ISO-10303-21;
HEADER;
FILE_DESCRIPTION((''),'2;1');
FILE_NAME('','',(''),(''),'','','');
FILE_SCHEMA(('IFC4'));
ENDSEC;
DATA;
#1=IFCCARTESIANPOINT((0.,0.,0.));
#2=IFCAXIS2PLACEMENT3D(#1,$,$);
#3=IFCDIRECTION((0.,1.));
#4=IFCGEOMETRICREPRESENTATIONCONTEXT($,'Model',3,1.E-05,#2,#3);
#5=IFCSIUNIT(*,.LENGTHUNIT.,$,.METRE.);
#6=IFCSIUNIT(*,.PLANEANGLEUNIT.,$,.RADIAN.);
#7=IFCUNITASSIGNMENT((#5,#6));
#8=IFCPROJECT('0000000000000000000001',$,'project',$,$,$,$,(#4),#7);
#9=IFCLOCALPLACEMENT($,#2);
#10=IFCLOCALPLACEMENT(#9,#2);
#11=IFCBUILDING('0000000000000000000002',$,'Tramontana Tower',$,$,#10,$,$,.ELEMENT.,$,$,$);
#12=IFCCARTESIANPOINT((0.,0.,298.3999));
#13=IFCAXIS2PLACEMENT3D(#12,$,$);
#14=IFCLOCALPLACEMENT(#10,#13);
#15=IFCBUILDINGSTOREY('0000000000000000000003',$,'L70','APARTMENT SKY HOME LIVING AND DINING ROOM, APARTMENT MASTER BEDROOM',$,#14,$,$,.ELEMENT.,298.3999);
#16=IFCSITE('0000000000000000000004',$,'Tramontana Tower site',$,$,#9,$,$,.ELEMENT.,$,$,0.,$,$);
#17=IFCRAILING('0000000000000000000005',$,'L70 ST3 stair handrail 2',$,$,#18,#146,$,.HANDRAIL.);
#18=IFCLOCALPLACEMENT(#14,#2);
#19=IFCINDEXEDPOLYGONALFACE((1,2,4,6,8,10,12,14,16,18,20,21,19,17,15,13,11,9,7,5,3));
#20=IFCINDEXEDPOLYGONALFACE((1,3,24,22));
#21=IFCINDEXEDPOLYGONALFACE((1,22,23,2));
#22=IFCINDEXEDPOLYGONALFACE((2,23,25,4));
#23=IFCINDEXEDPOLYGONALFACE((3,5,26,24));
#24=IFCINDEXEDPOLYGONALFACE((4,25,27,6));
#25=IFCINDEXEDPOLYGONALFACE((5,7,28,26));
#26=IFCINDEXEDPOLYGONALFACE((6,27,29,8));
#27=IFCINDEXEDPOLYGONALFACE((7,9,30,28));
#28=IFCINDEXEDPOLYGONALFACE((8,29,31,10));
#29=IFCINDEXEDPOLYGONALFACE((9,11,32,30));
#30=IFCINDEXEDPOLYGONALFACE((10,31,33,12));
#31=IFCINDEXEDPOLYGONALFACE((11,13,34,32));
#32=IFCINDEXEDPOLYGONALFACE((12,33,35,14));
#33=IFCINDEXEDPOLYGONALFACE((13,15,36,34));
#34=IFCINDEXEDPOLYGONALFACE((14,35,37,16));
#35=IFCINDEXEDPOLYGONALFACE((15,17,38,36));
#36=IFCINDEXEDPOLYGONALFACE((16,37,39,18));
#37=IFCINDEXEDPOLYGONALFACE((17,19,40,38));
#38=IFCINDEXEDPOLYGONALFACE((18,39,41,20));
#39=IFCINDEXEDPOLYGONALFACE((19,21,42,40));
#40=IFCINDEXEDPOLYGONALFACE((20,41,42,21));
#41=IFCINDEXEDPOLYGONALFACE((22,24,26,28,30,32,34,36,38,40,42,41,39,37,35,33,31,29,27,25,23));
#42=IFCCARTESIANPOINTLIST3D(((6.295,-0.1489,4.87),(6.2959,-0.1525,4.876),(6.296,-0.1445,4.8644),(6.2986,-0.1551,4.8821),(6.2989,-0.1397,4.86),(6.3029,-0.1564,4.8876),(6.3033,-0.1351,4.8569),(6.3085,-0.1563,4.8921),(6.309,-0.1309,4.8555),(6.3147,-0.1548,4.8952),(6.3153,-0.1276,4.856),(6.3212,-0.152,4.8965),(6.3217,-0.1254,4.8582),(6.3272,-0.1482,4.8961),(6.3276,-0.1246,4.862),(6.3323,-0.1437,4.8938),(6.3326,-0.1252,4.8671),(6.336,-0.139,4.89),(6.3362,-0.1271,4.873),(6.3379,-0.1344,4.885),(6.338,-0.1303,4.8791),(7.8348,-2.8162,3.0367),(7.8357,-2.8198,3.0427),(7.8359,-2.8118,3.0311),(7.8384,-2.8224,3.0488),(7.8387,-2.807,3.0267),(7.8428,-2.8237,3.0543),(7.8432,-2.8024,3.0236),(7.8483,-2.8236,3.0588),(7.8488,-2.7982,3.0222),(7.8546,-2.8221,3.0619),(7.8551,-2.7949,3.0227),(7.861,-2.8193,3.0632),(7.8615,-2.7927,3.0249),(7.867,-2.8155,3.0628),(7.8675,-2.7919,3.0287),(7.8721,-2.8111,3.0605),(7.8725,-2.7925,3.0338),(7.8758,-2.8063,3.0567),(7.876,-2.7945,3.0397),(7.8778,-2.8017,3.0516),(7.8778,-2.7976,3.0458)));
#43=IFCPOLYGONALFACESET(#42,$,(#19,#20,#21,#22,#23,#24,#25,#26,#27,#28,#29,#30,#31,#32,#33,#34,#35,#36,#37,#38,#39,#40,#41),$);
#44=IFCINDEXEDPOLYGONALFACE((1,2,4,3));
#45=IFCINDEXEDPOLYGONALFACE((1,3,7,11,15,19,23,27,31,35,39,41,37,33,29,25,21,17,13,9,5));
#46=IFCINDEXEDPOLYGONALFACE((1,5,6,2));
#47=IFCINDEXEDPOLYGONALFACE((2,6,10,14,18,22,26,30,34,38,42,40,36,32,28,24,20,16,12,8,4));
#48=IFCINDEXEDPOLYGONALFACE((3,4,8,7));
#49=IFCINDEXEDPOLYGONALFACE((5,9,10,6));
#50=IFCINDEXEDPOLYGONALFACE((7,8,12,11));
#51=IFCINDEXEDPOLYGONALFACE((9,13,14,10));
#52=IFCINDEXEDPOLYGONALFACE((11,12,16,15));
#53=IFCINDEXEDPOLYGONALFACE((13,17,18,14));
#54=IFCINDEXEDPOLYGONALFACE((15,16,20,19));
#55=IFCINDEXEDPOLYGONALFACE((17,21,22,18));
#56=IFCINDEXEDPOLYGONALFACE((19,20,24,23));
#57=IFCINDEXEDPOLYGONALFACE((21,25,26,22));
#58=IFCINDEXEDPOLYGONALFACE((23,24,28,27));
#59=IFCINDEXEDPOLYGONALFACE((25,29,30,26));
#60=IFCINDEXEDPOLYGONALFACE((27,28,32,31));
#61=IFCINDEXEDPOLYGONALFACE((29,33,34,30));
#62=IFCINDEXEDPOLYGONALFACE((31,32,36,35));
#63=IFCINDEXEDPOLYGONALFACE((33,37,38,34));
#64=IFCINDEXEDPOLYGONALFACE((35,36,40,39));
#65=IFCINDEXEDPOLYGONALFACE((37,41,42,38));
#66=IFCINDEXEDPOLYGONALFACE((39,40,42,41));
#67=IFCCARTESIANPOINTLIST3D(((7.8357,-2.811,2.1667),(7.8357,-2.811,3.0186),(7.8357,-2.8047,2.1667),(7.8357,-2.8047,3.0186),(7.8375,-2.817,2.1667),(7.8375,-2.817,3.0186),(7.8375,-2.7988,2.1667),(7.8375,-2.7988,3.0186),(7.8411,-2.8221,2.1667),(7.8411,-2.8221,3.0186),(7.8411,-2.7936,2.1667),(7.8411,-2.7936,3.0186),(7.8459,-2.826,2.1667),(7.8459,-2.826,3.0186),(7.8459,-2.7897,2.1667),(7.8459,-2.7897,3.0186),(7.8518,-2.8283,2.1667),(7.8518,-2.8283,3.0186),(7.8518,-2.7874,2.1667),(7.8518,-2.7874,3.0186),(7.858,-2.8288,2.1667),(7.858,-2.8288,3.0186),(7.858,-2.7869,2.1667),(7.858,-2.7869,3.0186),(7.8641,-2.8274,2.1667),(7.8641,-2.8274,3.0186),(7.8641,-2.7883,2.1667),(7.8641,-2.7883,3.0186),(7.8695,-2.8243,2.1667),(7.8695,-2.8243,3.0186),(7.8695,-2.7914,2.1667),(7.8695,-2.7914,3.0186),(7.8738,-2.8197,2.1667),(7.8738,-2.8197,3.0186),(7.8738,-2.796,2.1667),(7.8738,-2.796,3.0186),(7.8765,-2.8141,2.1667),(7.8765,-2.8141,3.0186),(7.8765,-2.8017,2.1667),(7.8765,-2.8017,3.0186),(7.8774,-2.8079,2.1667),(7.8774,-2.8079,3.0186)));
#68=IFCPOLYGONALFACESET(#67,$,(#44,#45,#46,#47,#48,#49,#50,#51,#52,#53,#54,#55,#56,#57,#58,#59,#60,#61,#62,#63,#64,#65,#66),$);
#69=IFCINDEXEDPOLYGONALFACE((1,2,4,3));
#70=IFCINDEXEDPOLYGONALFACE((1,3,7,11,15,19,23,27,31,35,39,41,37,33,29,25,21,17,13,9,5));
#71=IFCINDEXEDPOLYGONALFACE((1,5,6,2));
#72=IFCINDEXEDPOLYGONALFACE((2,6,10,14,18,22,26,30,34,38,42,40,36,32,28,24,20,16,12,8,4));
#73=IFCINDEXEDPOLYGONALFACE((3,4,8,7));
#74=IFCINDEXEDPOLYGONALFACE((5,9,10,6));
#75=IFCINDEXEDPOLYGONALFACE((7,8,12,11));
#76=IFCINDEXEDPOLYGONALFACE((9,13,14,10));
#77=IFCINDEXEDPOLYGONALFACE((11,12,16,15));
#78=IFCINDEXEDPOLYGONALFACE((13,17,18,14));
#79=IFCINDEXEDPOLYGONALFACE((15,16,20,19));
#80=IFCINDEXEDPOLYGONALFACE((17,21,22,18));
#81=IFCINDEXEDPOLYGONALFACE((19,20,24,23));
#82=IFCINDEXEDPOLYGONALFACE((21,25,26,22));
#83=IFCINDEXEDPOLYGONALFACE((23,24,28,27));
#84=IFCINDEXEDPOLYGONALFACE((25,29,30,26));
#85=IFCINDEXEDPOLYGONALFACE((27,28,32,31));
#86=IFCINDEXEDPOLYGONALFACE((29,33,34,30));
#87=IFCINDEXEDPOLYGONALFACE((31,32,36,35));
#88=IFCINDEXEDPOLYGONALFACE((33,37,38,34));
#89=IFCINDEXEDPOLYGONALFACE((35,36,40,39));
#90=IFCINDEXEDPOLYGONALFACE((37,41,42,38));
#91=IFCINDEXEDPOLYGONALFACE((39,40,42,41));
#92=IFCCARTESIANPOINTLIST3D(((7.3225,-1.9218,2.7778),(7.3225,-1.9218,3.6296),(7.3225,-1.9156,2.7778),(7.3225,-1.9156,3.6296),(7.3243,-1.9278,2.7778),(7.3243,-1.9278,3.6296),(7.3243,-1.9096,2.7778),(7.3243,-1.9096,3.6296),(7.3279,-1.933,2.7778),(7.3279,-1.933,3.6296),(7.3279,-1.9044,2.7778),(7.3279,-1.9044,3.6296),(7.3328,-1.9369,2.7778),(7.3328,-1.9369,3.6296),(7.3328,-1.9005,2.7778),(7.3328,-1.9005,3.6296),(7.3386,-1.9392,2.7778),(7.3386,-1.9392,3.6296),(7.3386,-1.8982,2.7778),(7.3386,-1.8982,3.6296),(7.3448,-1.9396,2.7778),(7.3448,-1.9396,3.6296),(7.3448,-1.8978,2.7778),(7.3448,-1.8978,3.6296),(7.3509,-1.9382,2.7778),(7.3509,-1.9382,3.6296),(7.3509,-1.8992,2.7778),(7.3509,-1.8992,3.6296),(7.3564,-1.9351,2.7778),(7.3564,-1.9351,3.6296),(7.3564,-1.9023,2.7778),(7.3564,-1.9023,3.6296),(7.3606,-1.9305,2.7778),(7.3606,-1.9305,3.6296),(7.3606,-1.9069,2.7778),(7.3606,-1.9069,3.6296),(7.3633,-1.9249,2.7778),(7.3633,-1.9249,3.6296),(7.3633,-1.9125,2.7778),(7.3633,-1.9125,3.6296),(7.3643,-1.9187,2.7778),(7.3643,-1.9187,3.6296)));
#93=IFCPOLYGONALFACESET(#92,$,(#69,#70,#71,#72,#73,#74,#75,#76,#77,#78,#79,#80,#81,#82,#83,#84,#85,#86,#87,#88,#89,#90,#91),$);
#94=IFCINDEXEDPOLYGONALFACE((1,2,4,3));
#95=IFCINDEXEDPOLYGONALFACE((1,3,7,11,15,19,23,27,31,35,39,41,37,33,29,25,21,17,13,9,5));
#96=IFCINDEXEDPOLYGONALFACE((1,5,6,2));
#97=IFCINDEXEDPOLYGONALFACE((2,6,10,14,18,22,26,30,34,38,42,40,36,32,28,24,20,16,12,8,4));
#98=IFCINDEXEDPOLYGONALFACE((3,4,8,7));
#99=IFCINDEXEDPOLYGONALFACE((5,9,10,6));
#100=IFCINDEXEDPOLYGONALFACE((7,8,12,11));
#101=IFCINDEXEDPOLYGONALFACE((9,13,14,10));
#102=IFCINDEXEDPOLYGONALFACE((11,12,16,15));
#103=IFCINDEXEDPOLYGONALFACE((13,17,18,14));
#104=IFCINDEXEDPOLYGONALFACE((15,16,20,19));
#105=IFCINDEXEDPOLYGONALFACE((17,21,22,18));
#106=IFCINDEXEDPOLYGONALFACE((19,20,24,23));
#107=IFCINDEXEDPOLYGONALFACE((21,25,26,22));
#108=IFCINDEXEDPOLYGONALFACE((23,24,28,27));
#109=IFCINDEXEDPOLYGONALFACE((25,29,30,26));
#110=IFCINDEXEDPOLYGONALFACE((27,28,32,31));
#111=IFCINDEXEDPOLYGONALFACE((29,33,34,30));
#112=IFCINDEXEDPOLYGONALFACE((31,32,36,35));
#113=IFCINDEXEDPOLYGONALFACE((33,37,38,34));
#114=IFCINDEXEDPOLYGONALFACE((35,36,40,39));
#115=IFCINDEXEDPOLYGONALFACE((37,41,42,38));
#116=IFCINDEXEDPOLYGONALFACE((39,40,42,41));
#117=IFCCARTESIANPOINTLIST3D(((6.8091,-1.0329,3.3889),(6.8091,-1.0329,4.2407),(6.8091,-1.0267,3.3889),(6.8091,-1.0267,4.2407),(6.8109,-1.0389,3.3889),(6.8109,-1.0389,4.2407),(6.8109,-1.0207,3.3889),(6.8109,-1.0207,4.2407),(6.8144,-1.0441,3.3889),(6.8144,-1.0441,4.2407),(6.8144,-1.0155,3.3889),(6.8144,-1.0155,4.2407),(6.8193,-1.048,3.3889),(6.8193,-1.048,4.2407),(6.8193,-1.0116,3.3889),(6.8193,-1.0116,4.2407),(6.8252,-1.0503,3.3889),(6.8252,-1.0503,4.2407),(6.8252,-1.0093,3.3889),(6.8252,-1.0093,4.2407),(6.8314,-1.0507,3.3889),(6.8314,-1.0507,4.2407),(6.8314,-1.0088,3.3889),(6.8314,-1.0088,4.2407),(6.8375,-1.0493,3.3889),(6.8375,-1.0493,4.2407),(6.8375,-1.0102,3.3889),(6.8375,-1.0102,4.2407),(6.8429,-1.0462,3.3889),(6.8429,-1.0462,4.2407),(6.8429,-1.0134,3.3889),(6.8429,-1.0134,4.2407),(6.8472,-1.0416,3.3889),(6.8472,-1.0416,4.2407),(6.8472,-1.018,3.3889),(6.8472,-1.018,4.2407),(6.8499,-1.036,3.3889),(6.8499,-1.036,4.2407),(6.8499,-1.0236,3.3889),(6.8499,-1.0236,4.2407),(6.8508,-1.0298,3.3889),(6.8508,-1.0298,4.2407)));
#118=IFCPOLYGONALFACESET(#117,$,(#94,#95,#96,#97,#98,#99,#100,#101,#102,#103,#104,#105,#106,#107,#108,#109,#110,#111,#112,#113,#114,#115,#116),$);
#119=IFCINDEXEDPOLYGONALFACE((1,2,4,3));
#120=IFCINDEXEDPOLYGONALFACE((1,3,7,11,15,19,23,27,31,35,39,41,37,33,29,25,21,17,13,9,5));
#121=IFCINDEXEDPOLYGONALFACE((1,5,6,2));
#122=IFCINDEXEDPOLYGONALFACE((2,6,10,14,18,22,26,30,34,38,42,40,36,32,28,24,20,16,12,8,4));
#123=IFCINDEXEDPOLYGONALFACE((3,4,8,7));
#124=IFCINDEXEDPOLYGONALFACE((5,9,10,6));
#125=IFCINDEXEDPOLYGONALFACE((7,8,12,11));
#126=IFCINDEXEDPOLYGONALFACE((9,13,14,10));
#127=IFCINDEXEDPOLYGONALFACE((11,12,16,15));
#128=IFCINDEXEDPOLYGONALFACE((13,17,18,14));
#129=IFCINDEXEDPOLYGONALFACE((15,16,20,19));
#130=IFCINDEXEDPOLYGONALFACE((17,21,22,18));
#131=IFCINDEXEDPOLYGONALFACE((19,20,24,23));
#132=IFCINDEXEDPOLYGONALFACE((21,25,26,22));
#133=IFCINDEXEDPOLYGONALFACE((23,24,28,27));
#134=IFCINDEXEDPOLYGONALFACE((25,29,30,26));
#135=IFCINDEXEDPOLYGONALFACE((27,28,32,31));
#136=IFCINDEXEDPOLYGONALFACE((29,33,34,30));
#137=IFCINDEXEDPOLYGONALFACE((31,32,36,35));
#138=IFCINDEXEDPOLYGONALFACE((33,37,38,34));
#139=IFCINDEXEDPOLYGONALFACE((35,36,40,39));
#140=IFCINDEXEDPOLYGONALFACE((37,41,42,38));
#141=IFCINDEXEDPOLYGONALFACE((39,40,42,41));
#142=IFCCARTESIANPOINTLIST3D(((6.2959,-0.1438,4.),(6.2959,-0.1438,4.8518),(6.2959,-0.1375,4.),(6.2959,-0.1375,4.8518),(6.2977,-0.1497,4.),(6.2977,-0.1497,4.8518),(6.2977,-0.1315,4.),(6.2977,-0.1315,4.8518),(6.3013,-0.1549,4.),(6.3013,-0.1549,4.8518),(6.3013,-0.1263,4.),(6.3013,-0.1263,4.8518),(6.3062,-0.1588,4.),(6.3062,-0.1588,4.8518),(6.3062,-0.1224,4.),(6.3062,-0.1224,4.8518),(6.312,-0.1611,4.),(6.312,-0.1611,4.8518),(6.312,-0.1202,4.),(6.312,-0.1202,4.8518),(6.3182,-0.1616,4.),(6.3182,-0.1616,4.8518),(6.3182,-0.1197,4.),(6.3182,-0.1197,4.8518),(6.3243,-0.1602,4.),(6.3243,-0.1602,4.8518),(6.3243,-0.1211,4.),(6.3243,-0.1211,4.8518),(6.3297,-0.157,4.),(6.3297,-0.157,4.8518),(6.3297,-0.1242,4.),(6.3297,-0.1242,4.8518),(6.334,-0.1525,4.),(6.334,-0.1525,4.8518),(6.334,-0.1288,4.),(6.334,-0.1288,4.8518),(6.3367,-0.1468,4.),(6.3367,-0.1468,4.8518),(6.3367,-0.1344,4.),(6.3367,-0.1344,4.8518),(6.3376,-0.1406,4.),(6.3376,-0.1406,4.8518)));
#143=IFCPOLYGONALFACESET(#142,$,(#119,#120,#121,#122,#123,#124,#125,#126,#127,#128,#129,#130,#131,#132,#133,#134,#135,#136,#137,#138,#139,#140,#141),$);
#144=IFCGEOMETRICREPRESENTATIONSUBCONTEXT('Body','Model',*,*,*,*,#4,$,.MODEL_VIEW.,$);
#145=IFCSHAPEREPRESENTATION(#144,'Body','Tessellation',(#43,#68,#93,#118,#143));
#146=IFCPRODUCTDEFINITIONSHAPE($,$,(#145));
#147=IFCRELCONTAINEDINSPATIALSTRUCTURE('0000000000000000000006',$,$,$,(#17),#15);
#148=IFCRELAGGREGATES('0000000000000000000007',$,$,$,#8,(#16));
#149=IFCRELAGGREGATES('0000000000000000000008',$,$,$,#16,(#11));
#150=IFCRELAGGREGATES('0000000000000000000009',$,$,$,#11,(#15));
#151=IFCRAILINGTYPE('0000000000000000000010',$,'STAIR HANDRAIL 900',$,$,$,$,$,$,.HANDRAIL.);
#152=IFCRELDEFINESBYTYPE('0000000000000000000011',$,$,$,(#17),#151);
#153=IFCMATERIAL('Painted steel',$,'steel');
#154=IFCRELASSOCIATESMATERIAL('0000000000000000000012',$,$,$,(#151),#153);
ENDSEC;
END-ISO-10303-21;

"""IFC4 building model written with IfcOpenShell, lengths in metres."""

from ifc_helpers import new_model, si_unit, direction, frame, origin, origin_2d, place, context, subcontext, project, spatial, circle, extrude, material, type_object, element, save


model = new_model("IFC4")

# Units and contexts
model_context = context("Model", 3, precision=1e-05, world=origin(), true_north=direction((0.0, 1.0)))
body_context = subcontext(model_context, "Body", "Model", "MODEL_VIEW")
ifc_project = project(units=[si_unit("LENGTHUNIT", "METRE"), si_unit("PLANEANGLEUNIT", "RADIAN")], contexts=[model_context])

# Site, building, storey
site_placement = place(None, origin())
site = spatial("IfcSite", under=ifc_project, at=site_placement, Name="Tramontana Tower site", CompositionType="ELEMENT", RefElevation=0.0)
building_placement = place(site_placement, origin())
building = spatial("IfcBuilding", under=site, at=building_placement, Name="Tramontana Tower", CompositionType="ELEMENT")
storey_placement = place(building_placement, frame((0.0, 0.0, 298.3999)))
storey = spatial("IfcBuildingStorey", under=building, at=storey_placement, Name="L70", Description="APARTMENT SKY HOME LIVING AND DINING ROOM, APARTMENT MASTER BEDROOM", CompositionType="ELEMENT", Elevation=298.3999)

# Railing
ifc_material_1 = material(Name="Painted steel", Category="steel")
railing_type_1 = type_object("IfcRailingType", Name="STAIR HANDRAIL 900", PredefinedType="HANDRAIL", material=ifc_material_1)
railing_1_placement = place(storey_placement, frame((7.8564, -2.8079, 2.1667)))
element("IfcRailing", 1, at=railing_1_placement, inside=storey, type_object=railing_type_1, Name="L70 ST3 stair handrail 2", PredefinedType="HANDRAIL", context=body_context, shape_type="SweptSolid", body=[
    extrude(circle(Radius=0.0239, at=origin_2d()), frame((0.0, 0.0, 0.876), z_axis=(-0.429616, 0.744181, 0.511493), x_axis=(-0.866044, -0.499967, 0.0)), (0.0, 0.0, 1.0), 3.5842),
    extrude(circle(Radius=0.021, at=origin_2d()), origin(), (0.0, 0.0, 1.0), 0.8518),
    extrude(circle(Radius=0.021, at=origin_2d()), frame((-0.5132, 0.8892, 0.6111)), (0.0, 0.0, 1.0), 0.8518),
    extrude(circle(Radius=0.021, at=origin_2d()), frame((-1.0266, 1.7781, 1.2222)), (0.0, 0.0, 1.0), 0.8518),
    extrude(circle(Radius=0.021, at=origin_2d()), frame((-1.5398, 2.6672, 1.8333)), (0.0, 0.0, 1.0), 0.8518),
])

save(model, "model.ifc")
